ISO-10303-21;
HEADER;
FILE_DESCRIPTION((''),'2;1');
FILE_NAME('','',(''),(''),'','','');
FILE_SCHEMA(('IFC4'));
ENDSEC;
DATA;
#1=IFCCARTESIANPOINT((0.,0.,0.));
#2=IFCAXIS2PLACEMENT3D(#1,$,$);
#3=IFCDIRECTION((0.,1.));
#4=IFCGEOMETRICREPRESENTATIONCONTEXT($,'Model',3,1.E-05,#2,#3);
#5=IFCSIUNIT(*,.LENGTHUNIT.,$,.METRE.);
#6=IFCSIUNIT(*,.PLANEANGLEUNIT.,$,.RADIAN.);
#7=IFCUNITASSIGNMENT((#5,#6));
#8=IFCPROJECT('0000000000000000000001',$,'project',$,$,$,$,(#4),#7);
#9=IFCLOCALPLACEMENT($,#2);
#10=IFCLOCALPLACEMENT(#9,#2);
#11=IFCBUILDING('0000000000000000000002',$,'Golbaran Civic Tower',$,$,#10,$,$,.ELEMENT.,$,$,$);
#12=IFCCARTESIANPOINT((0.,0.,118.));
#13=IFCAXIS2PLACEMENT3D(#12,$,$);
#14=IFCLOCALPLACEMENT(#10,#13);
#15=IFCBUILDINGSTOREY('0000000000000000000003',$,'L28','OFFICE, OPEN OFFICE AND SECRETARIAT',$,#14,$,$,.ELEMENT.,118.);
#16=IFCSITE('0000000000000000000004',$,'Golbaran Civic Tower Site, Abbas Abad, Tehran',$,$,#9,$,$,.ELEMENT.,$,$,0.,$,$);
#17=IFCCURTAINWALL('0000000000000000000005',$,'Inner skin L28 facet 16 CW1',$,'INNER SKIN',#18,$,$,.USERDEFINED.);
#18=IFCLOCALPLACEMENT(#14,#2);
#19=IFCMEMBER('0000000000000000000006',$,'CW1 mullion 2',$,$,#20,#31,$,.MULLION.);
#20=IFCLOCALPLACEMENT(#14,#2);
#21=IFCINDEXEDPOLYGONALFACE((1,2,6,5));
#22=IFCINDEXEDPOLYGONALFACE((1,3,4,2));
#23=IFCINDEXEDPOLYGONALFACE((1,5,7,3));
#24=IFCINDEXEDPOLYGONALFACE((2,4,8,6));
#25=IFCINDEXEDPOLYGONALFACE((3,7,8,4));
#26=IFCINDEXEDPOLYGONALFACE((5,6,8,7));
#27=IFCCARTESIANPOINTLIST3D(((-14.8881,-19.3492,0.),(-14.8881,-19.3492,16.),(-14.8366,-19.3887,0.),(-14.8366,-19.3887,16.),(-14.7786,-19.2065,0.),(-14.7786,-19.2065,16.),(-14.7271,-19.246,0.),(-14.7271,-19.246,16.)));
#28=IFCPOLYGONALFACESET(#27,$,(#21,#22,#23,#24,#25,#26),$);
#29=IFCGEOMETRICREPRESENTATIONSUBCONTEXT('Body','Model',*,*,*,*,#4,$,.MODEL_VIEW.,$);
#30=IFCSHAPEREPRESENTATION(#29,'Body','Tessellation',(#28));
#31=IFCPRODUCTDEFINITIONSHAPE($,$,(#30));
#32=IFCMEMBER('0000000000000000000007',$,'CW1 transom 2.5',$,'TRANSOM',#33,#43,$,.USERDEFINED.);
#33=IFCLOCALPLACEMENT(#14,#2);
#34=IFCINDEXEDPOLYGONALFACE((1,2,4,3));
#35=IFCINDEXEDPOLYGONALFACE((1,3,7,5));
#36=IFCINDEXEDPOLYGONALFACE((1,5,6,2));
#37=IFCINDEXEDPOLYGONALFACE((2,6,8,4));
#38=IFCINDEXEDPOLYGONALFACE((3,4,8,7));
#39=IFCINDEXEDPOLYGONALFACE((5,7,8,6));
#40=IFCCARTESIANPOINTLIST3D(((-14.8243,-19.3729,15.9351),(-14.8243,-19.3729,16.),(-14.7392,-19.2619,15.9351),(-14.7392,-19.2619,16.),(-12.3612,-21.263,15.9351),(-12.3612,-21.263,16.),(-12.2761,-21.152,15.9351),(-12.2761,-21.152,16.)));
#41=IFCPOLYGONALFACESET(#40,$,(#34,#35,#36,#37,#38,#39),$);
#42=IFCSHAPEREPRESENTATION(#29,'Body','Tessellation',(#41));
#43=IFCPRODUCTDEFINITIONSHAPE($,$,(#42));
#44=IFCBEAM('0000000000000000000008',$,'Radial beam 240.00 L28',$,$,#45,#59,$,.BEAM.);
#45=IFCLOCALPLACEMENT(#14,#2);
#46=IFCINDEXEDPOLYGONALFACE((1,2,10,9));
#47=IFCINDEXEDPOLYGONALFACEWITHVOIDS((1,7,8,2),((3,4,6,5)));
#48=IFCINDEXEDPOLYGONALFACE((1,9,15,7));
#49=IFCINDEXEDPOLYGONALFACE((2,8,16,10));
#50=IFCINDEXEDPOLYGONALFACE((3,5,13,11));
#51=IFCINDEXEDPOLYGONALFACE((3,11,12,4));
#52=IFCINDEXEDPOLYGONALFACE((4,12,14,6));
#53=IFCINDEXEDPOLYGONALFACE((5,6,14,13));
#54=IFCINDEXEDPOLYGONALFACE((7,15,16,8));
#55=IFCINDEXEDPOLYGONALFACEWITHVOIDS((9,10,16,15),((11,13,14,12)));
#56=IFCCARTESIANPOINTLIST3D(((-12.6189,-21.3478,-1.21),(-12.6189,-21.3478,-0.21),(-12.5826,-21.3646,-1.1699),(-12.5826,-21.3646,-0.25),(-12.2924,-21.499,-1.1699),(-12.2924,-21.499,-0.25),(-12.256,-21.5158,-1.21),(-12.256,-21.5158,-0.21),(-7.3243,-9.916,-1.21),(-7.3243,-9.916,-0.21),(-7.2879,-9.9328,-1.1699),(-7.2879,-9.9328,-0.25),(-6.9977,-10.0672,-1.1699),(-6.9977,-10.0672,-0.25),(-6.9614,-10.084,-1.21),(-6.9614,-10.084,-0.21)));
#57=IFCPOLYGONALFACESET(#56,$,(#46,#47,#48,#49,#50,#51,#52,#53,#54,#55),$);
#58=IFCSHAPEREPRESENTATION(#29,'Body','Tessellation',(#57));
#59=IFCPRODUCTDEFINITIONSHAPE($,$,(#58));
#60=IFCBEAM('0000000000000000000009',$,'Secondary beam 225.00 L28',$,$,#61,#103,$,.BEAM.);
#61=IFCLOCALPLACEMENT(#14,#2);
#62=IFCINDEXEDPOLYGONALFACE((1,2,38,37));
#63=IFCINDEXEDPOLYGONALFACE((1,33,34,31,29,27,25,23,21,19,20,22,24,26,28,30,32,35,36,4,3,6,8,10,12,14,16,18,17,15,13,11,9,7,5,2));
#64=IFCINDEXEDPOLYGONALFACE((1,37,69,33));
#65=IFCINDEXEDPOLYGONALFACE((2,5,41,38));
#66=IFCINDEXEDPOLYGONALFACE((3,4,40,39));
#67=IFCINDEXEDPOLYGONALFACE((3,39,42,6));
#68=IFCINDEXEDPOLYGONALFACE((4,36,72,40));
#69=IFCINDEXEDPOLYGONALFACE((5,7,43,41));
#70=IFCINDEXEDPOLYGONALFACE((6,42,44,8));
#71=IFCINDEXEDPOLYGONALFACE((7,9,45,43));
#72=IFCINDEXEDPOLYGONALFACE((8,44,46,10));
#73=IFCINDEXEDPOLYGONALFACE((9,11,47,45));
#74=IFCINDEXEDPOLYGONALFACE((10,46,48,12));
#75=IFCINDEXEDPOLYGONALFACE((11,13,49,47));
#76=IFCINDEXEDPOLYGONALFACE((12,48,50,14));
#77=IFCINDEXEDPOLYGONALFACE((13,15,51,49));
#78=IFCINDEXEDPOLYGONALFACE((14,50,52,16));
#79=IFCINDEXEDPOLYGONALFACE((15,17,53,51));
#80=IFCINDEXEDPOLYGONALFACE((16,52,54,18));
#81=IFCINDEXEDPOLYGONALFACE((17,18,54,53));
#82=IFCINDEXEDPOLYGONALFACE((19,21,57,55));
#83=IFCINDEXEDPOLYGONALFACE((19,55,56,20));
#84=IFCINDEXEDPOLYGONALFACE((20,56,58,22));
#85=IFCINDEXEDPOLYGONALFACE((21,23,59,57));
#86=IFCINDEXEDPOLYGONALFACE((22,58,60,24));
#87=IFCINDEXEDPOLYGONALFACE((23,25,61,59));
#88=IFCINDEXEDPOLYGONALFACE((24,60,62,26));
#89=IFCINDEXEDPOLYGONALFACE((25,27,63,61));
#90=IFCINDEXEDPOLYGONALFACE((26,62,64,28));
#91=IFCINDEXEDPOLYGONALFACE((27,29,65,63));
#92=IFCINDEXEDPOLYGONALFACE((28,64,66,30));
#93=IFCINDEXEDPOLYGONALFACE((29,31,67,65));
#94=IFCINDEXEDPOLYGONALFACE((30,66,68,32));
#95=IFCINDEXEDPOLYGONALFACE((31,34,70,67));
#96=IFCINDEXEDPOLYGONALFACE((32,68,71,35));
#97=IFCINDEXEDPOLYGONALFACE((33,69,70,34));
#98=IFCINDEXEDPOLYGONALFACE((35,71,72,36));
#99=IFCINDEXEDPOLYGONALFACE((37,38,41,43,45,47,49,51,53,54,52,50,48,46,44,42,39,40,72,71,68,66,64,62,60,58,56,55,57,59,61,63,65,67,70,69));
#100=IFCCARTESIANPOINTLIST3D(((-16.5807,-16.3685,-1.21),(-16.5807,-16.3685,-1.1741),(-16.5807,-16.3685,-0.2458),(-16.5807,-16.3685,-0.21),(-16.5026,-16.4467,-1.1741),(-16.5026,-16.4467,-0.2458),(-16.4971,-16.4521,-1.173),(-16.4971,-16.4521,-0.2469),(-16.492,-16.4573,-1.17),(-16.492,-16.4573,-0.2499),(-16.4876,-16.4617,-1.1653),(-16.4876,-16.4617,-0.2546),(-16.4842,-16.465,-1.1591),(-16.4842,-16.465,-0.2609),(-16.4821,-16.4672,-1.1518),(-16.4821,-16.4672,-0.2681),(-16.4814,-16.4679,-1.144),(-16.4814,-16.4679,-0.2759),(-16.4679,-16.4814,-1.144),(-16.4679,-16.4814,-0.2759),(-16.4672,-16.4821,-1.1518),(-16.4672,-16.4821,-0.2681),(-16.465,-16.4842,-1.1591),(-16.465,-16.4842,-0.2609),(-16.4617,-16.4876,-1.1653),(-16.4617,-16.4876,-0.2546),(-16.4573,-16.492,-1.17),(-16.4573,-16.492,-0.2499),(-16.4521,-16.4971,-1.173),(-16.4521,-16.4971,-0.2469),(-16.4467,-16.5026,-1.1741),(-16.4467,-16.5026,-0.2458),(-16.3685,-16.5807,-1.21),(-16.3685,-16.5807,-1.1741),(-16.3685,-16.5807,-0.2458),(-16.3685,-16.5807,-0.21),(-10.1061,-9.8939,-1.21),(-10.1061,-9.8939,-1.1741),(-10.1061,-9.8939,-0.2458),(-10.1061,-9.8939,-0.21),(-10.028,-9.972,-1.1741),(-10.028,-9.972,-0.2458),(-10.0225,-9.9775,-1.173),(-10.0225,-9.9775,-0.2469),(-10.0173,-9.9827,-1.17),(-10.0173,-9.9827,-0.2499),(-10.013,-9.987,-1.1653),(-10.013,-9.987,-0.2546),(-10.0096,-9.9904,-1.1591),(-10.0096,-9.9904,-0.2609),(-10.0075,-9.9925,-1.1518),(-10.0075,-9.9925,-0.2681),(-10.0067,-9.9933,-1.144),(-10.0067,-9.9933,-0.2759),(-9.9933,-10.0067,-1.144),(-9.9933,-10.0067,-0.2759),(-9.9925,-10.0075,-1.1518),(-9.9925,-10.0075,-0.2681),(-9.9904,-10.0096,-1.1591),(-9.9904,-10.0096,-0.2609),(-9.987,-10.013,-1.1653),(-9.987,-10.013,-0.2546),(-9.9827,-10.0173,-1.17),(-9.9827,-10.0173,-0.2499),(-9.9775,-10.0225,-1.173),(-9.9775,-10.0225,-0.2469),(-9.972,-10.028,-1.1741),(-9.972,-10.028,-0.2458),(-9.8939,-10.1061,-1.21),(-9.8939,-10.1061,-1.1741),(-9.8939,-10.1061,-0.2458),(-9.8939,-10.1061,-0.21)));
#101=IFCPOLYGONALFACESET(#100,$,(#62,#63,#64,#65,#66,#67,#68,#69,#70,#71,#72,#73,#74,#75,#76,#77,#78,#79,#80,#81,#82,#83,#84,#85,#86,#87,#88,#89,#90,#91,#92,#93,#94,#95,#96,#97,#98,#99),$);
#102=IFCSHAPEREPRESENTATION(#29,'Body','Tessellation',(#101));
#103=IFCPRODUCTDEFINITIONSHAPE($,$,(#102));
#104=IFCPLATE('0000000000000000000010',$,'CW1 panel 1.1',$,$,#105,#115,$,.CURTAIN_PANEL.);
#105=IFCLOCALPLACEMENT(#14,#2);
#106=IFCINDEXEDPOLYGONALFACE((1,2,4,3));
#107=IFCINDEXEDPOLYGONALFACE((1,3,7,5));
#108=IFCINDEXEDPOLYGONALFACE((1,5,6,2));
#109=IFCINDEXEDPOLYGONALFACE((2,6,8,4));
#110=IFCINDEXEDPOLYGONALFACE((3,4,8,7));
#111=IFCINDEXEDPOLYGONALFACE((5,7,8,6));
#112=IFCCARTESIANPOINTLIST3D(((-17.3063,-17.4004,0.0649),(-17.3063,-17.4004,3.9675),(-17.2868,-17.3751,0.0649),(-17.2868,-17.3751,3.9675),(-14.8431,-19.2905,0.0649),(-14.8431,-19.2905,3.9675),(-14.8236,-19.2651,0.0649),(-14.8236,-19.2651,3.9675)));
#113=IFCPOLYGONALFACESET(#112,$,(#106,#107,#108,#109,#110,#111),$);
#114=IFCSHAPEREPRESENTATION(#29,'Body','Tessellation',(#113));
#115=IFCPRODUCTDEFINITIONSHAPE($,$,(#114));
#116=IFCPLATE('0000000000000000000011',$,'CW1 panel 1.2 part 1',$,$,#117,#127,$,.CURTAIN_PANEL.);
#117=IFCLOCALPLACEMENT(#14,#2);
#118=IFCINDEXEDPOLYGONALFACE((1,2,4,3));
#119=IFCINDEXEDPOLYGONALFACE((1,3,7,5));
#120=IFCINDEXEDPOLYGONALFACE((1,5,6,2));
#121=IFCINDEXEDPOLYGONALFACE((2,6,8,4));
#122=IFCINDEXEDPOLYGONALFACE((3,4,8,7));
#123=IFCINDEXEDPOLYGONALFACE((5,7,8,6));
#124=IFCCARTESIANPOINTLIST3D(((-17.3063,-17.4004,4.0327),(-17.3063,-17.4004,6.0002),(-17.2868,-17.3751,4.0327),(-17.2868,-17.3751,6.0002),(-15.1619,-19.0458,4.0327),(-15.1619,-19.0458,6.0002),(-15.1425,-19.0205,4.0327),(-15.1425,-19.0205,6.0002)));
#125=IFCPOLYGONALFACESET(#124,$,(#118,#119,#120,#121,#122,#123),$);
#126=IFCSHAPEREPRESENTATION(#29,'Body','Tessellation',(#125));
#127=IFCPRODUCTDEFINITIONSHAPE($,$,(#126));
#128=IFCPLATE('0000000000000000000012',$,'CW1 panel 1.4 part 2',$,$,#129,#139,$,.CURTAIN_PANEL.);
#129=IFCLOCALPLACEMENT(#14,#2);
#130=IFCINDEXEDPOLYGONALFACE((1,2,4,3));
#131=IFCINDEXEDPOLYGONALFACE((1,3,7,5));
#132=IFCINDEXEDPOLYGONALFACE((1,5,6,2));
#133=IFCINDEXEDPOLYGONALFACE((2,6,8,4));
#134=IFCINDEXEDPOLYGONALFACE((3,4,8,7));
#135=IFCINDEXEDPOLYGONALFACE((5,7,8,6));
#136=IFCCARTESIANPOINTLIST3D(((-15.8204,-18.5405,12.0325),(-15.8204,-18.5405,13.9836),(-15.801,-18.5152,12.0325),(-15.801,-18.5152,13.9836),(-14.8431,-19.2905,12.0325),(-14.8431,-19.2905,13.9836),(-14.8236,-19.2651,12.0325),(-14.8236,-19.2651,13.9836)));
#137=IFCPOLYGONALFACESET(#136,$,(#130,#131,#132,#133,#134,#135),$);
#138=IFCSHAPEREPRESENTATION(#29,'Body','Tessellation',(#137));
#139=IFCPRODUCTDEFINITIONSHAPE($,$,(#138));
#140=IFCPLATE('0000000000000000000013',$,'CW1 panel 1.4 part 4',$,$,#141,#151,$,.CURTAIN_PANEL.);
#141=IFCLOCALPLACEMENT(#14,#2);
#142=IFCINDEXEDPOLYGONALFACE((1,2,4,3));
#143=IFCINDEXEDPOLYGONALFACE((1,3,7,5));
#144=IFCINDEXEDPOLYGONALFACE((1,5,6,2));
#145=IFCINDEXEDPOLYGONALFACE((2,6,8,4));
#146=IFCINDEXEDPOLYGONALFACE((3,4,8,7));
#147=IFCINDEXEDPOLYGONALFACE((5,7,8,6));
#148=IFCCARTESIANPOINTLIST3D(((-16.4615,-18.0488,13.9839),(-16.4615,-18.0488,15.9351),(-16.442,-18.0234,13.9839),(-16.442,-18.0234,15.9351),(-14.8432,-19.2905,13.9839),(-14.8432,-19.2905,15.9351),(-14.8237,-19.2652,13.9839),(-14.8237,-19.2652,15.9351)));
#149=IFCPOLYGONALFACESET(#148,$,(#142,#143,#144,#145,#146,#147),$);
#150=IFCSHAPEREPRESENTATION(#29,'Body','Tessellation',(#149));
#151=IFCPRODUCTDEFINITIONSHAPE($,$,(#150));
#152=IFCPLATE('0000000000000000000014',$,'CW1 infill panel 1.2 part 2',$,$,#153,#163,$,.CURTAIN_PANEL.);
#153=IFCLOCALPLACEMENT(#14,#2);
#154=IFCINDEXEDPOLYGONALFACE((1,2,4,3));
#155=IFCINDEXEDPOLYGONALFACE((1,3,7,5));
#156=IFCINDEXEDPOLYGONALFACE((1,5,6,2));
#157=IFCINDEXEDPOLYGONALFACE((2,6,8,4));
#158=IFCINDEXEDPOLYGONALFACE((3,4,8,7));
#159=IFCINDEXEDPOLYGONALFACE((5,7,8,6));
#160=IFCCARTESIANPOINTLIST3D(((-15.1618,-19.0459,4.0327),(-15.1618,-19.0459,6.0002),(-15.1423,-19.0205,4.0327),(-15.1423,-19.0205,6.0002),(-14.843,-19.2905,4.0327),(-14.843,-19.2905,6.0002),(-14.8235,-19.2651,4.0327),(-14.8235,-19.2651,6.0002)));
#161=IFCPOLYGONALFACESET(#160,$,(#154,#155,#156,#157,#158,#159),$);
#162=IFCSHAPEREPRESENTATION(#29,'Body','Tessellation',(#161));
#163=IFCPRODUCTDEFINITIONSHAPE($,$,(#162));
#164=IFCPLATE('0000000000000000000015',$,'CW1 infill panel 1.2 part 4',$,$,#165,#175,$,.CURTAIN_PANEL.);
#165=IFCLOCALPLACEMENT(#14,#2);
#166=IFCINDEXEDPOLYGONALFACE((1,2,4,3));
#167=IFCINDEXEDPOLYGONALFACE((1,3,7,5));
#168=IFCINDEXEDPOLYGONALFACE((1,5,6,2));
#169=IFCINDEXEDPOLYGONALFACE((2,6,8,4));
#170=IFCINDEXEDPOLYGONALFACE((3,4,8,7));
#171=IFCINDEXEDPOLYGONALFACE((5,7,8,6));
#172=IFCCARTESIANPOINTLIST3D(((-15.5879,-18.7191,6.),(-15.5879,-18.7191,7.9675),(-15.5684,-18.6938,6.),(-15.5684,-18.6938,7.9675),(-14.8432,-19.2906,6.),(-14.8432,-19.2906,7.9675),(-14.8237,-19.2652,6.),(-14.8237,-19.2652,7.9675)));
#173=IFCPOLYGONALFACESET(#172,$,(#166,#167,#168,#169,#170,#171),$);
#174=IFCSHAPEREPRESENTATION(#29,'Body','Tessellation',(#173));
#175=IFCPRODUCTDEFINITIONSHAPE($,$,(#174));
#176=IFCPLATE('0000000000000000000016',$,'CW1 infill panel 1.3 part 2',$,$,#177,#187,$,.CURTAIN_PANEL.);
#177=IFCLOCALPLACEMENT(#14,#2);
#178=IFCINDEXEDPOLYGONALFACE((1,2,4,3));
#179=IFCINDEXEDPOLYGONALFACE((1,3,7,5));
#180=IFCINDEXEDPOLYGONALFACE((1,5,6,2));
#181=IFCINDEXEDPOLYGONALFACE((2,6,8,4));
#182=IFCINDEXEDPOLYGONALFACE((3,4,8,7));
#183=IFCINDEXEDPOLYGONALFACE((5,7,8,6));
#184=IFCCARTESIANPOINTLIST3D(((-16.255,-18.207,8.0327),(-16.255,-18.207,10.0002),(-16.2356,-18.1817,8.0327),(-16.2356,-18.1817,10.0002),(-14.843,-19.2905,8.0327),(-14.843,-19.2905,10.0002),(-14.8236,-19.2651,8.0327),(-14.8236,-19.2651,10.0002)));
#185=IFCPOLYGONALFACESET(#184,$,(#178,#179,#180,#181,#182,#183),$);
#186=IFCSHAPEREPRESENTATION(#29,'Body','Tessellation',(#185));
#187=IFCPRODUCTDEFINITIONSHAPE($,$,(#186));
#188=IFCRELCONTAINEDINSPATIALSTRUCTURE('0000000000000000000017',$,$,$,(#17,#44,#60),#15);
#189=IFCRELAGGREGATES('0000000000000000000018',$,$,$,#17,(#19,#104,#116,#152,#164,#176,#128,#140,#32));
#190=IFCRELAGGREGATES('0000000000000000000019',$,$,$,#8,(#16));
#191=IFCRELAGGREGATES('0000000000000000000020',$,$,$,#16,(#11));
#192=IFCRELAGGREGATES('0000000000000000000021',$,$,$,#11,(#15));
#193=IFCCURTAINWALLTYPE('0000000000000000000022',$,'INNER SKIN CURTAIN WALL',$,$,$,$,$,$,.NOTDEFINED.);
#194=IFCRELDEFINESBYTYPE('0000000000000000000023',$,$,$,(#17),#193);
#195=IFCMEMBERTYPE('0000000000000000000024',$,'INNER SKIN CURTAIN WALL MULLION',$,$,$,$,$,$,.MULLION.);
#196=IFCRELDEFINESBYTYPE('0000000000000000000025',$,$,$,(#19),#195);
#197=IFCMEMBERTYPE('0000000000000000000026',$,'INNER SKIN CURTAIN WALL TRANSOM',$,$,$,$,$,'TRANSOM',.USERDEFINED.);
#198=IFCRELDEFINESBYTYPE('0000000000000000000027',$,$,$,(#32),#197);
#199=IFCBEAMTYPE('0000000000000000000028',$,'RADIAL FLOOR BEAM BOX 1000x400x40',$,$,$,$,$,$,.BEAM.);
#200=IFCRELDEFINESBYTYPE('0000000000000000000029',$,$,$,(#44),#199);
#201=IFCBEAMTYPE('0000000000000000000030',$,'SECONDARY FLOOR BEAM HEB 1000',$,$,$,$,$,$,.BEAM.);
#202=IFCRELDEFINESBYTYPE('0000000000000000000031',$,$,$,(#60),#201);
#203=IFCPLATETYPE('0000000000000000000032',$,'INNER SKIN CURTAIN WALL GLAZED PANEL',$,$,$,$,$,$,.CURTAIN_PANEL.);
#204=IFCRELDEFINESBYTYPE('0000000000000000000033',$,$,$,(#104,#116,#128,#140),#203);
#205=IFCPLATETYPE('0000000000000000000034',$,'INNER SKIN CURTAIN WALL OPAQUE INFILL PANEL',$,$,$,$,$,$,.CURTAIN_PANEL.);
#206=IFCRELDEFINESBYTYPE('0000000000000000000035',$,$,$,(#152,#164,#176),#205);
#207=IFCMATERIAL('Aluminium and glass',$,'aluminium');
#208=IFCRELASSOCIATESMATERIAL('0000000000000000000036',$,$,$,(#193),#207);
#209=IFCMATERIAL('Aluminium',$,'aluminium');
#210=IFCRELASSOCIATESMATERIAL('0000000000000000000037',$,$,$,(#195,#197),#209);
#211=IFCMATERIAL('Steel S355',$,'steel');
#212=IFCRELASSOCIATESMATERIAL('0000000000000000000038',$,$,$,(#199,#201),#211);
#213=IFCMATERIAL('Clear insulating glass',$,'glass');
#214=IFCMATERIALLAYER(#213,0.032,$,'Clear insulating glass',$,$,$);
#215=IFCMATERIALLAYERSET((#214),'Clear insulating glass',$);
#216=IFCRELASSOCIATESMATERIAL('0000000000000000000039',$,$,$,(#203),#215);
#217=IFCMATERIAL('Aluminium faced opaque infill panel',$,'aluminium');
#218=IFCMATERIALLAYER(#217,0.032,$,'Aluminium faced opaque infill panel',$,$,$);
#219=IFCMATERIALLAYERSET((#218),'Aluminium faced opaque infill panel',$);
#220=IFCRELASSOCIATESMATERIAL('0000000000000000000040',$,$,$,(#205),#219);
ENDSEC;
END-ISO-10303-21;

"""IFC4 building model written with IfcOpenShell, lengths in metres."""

from ifc_helpers import new_model, si_unit, direction, frame, origin, origin_2d, place, context, subcontext, project, spatial, rectangle, hollow_rectangle, i_section, extrude, material, layer, layer_set, material_profile, profile_set, type_object, element, aggregate, save


model = new_model("IFC4")

# Units and contexts
model_context = context("Model", 3, precision=1e-05, world=origin(), true_north=direction((0.0, 1.0)))
body_context = subcontext(model_context, "Body", "Model", "MODEL_VIEW")
ifc_project = project(units=[si_unit("LENGTHUNIT", "METRE"), si_unit("PLANEANGLEUNIT", "RADIAN")], contexts=[model_context])

# Site, building, storey
site_placement = place(None, origin())
site = spatial("IfcSite", under=ifc_project, at=site_placement, Name="Golbaran Civic Tower Site, Abbas Abad, Tehran", CompositionType="ELEMENT", RefElevation=0.0)
building_placement = place(site_placement, origin())
building = spatial("IfcBuilding", under=site, at=building_placement, Name="Golbaran Civic Tower", CompositionType="ELEMENT")
storey_placement = place(building_placement, frame((0.0, 0.0, 118.0)))
storey = spatial("IfcBuildingStorey", under=building, at=storey_placement, Name="L28", Description="OFFICE, OPEN OFFICE AND SECRETARIAT", CompositionType="ELEMENT", Elevation=118.0)

# Shared definitions
ifc_material_1 = material(Name="Steel S355", Category="steel")

# Curtain wall, members
ifc_material_2 = material(Name="Aluminium and glass", Category="aluminium")
curtain_wall_type = type_object("IfcCurtainWallType", Name="INNER SKIN CURTAIN WALL", PredefinedType="NOTDEFINED", material=ifc_material_2)
curtain_wall_placement = place(storey_placement, origin())
curtain_wall = element("IfcCurtainWall", 1, at=curtain_wall_placement, inside=storey, type_object=curtain_wall_type, Name="Inner skin L28 facet 16 CW1", ObjectType="INNER SKIN", PredefinedType="USERDEFINED")
ifc_material_3 = material(Name="Aluminium", Category="aluminium")
ifc_material_profile_1 = material_profile(ifc_material_3, rectangle(XDim=0.1799, YDim=0.0649, at=origin_2d()), Name="INNER SKIN CURTAIN WALL MULLION")
ifc_profile_set_1 = profile_set([ifc_material_profile_1], Name="Aluminium")
member_type_1 = type_object("IfcMemberType", Name="INNER SKIN CURTAIN WALL MULLION", PredefinedType="MULLION", material=ifc_profile_set_1)
member_1_placement = place(storey_placement, frame((-14.8076, -19.2976, 0.0), z_axis=(0.0, 0.0, 1.0), x_axis=(0.608761, 0.793353, 0.0)))
member_1 = element("IfcMember", 2, at=member_1_placement, type_object=member_type_1, Name="CW1 mullion 2", PredefinedType="MULLION", context=body_context, shape_type="SweptSolid", body=[
    extrude(rectangle(XDim=0.1799, YDim=0.0649, at=origin_2d()), origin(), (0.0, 0.0, 1.0), 16.0),
])
ifc_material_profile_2 = material_profile(ifc_material_3, rectangle(XDim=0.1399, YDim=0.0649, at=origin_2d()), Name="INNER SKIN CURTAIN WALL TRANSOM")
ifc_profile_set_2 = profile_set([ifc_material_profile_2], Name="Aluminium")
member_type_2 = type_object("IfcMemberType", Name="INNER SKIN CURTAIN WALL TRANSOM", ElementType="TRANSOM", PredefinedType="USERDEFINED", material=ifc_profile_set_2)
member_2_placement = place(storey_placement, frame((-14.7817, -19.3174, 15.9675), z_axis=(0.793337, -0.608783, 0.0), x_axis=(0.608783, 0.793337, 0.0)))
member_2 = element("IfcMember", 3, at=member_2_placement, type_object=member_type_2, Name="CW1 transom 2.5", ObjectType="TRANSOM", PredefinedType="USERDEFINED", context=body_context, shape_type="SweptSolid", body=[
    extrude(rectangle(XDim=0.1399, YDim=0.0649, at=origin_2d()), origin(), (0.0, 0.0, 1.0), 3.1047),
])

# Beams
ifc_material_profile_3 = material_profile(ifc_material_1, hollow_rectangle(XDim=0.3999, YDim=1.0, WallThickness=0.04, at=origin_2d()), Name="BOX 1000x400x40")
ifc_profile_set_3 = profile_set([ifc_material_profile_3], Name="Steel S355")
beam_type_1 = type_object("IfcBeamType", Name="RADIAL FLOOR BEAM BOX 1000x400x40", PredefinedType="BEAM", material=ifc_profile_set_3)
beam_1_placement = place(storey_placement, frame((-7.1428, -10.0, -0.71), z_axis=(-0.420263, -0.907402, 0.0), x_axis=(0.907402, -0.420263, 0.0)))
element("IfcBeam", 4, at=beam_1_placement, inside=storey, type_object=beam_type_1, Name="Radial beam 240.00 L28", PredefinedType="BEAM", context=body_context, shape_type="SweptSolid", body=[
    extrude(hollow_rectangle(XDim=0.3999, YDim=1.0, WallThickness=0.04, at=origin_2d()), origin(), (0.0, 0.0, 1.0), 12.5984),
])
ifc_material_profile_4 = material_profile(ifc_material_1, i_section(OverallWidth=0.3, OverallDepth=1.0, WebThickness=0.019, FlangeThickness=0.0359, FilletRadius=0.03, at=origin_2d()), Name="HEB 1000")
ifc_profile_set_4 = profile_set([ifc_material_profile_4], Name="Steel S355")
beam_type_2 = type_object("IfcBeamType", Name="SECONDARY FLOOR BEAM HEB 1000", PredefinedType="BEAM", material=ifc_profile_set_4)
beam_2_placement = place(storey_placement, frame((-10.0, -10.0, -0.71), z_axis=(-0.707107, -0.707107, 0.0), x_axis=(0.707107, -0.707107, 0.0)))
element("IfcBeam", 5, at=beam_2_placement, inside=storey, type_object=beam_type_2, Name="Secondary beam 225.00 L28", PredefinedType="BEAM", context=body_context, shape_type="SweptSolid", body=[
    extrude(i_section(OverallWidth=0.3, OverallDepth=1.0, WebThickness=0.019, FlangeThickness=0.0359, FilletRadius=0.03, at=origin_2d()), origin(), (0.0, 0.0, 1.0), 9.1565),
])

# Plates
ifc_material_4 = material(Name="Clear insulating glass", Category="glass")
ifc_layer_1 = layer(ifc_material_4, 0.032, Name="Clear insulating glass")
ifc_layer_set_1 = layer_set([ifc_layer_1], Name="Clear insulating glass")
plate_type_1 = type_object("IfcPlateType", Name="INNER SKIN CURTAIN WALL GLAZED PANEL", PredefinedType="CURTAIN_PANEL", material=ifc_layer_set_1)
plate_1_placement = place(storey_placement, frame((-16.0649, -18.3328, 0.0649), z_axis=(0.0, 0.0, 1.0), x_axis=(0.793353, -0.608761, 0.0)))
plate_1 = element("IfcPlate", 6, at=plate_1_placement, type_object=plate_type_1, Name="CW1 panel 1.1", PredefinedType="CURTAIN_PANEL", context=body_context, shape_type="SweptSolid", body=[
    extrude(rectangle(XDim=3.1047, YDim=0.032, at=origin_2d()), origin(), (0.0, 0.0, 1.0), 3.9026),
])
plate_2_placement = place(storey_placement, frame((-16.2244, -18.2104, 4.0327), z_axis=(0.0, 0.0, 1.0), x_axis=(0.793353, -0.608761, 0.0)))
plate_2 = element("IfcPlate", 7, at=plate_2_placement, type_object=plate_type_1, Name="CW1 panel 1.2 part 1", PredefinedType="CURTAIN_PANEL", context=body_context, shape_type="SweptSolid", body=[
    extrude(rectangle(XDim=2.7029, YDim=0.032, at=origin_2d()), origin(), (0.0, 0.0, 1.0), 1.9675),
])
plate_3_placement = place(storey_placement, frame((-15.322, -18.9028, 12.0325), z_axis=(0.0, 0.0, 1.0), x_axis=(0.793353, -0.608761, 0.0)))
plate_3 = element("IfcPlate", 8, at=plate_3_placement, type_object=plate_type_1, Name="CW1 panel 1.4 part 2", PredefinedType="CURTAIN_PANEL", context=body_context, shape_type="SweptSolid", body=[
    extrude(rectangle(XDim=1.2319, YDim=0.032, at=origin_2d()), origin(), (0.0, 0.0, 1.0), 1.9512),
])
plate_4_placement = place(storey_placement, frame((-15.6426, -18.657, 13.9839), z_axis=(0.0, 0.0, 1.0), x_axis=(0.793353, -0.608761, 0.0)))
plate_4 = element("IfcPlate", 9, at=plate_4_placement, type_object=plate_type_1, Name="CW1 panel 1.4 part 4", PredefinedType="CURTAIN_PANEL", context=body_context, shape_type="SweptSolid", body=[
    extrude(rectangle(XDim=2.0398, YDim=0.032, at=origin_2d()), origin(), (0.0, 0.0, 1.0), 1.9512),
])
ifc_material_5 = material(Name="Aluminium faced opaque infill panel", Category="aluminium")
ifc_layer_2 = layer(ifc_material_5, 0.032, Name="Aluminium faced opaque infill panel")
ifc_layer_set_2 = layer_set([ifc_layer_2], Name="Aluminium faced opaque infill panel")
plate_type_2 = type_object("IfcPlateType", Name="INNER SKIN CURTAIN WALL OPAQUE INFILL PANEL", PredefinedType="CURTAIN_PANEL", material=ifc_layer_set_2)
plate_5_placement = place(storey_placement, frame((-14.9927, -19.1555, 4.0327), z_axis=(0.0, 0.0, 1.0), x_axis=(0.793353, -0.608761, 0.0)))
plate_5 = element("IfcPlate", 10, at=plate_5_placement, type_object=plate_type_2, Name="CW1 infill panel 1.2 part 2", PredefinedType="CURTAIN_PANEL", context=body_context, shape_type="SweptSolid", body=[
    extrude(rectangle(XDim=0.4019, YDim=0.032, at=origin_2d()), origin(), (0.0, 0.0, 1.0), 1.9675),
])
plate_6_placement = place(storey_placement, frame((-15.2058, -18.9922, 6.0), z_axis=(0.0, 0.0, 1.0), x_axis=(0.793353, -0.608761, 0.0)))
plate_6 = element("IfcPlate", 11, at=plate_6_placement, type_object=plate_type_2, Name="CW1 infill panel 1.2 part 4", PredefinedType="CURTAIN_PANEL", context=body_context, shape_type="SweptSolid", body=[
    extrude(rectangle(XDim=0.9387, YDim=0.032, at=origin_2d()), origin(), (0.0, 0.0, 1.0), 1.9675),
])
plate_7_placement = place(storey_placement, frame((-15.5393, -18.7361, 8.0327), z_axis=(0.0, 0.0, 1.0), x_axis=(0.793353, -0.608761, 0.0)))
plate_7 = element("IfcPlate", 12, at=plate_7_placement, type_object=plate_type_2, Name="CW1 infill panel 1.3 part 2", PredefinedType="CURTAIN_PANEL", context=body_context, shape_type="SweptSolid", body=[
    extrude(rectangle(XDim=1.7798, YDim=0.032, at=origin_2d()), origin(), (0.0, 0.0, 1.0), 1.9675),
])
aggregate(curtain_wall, [member_1, plate_1, plate_2, plate_5, plate_6, plate_7, plate_3, plate_4, member_2])

save(model, "model.ifc")
